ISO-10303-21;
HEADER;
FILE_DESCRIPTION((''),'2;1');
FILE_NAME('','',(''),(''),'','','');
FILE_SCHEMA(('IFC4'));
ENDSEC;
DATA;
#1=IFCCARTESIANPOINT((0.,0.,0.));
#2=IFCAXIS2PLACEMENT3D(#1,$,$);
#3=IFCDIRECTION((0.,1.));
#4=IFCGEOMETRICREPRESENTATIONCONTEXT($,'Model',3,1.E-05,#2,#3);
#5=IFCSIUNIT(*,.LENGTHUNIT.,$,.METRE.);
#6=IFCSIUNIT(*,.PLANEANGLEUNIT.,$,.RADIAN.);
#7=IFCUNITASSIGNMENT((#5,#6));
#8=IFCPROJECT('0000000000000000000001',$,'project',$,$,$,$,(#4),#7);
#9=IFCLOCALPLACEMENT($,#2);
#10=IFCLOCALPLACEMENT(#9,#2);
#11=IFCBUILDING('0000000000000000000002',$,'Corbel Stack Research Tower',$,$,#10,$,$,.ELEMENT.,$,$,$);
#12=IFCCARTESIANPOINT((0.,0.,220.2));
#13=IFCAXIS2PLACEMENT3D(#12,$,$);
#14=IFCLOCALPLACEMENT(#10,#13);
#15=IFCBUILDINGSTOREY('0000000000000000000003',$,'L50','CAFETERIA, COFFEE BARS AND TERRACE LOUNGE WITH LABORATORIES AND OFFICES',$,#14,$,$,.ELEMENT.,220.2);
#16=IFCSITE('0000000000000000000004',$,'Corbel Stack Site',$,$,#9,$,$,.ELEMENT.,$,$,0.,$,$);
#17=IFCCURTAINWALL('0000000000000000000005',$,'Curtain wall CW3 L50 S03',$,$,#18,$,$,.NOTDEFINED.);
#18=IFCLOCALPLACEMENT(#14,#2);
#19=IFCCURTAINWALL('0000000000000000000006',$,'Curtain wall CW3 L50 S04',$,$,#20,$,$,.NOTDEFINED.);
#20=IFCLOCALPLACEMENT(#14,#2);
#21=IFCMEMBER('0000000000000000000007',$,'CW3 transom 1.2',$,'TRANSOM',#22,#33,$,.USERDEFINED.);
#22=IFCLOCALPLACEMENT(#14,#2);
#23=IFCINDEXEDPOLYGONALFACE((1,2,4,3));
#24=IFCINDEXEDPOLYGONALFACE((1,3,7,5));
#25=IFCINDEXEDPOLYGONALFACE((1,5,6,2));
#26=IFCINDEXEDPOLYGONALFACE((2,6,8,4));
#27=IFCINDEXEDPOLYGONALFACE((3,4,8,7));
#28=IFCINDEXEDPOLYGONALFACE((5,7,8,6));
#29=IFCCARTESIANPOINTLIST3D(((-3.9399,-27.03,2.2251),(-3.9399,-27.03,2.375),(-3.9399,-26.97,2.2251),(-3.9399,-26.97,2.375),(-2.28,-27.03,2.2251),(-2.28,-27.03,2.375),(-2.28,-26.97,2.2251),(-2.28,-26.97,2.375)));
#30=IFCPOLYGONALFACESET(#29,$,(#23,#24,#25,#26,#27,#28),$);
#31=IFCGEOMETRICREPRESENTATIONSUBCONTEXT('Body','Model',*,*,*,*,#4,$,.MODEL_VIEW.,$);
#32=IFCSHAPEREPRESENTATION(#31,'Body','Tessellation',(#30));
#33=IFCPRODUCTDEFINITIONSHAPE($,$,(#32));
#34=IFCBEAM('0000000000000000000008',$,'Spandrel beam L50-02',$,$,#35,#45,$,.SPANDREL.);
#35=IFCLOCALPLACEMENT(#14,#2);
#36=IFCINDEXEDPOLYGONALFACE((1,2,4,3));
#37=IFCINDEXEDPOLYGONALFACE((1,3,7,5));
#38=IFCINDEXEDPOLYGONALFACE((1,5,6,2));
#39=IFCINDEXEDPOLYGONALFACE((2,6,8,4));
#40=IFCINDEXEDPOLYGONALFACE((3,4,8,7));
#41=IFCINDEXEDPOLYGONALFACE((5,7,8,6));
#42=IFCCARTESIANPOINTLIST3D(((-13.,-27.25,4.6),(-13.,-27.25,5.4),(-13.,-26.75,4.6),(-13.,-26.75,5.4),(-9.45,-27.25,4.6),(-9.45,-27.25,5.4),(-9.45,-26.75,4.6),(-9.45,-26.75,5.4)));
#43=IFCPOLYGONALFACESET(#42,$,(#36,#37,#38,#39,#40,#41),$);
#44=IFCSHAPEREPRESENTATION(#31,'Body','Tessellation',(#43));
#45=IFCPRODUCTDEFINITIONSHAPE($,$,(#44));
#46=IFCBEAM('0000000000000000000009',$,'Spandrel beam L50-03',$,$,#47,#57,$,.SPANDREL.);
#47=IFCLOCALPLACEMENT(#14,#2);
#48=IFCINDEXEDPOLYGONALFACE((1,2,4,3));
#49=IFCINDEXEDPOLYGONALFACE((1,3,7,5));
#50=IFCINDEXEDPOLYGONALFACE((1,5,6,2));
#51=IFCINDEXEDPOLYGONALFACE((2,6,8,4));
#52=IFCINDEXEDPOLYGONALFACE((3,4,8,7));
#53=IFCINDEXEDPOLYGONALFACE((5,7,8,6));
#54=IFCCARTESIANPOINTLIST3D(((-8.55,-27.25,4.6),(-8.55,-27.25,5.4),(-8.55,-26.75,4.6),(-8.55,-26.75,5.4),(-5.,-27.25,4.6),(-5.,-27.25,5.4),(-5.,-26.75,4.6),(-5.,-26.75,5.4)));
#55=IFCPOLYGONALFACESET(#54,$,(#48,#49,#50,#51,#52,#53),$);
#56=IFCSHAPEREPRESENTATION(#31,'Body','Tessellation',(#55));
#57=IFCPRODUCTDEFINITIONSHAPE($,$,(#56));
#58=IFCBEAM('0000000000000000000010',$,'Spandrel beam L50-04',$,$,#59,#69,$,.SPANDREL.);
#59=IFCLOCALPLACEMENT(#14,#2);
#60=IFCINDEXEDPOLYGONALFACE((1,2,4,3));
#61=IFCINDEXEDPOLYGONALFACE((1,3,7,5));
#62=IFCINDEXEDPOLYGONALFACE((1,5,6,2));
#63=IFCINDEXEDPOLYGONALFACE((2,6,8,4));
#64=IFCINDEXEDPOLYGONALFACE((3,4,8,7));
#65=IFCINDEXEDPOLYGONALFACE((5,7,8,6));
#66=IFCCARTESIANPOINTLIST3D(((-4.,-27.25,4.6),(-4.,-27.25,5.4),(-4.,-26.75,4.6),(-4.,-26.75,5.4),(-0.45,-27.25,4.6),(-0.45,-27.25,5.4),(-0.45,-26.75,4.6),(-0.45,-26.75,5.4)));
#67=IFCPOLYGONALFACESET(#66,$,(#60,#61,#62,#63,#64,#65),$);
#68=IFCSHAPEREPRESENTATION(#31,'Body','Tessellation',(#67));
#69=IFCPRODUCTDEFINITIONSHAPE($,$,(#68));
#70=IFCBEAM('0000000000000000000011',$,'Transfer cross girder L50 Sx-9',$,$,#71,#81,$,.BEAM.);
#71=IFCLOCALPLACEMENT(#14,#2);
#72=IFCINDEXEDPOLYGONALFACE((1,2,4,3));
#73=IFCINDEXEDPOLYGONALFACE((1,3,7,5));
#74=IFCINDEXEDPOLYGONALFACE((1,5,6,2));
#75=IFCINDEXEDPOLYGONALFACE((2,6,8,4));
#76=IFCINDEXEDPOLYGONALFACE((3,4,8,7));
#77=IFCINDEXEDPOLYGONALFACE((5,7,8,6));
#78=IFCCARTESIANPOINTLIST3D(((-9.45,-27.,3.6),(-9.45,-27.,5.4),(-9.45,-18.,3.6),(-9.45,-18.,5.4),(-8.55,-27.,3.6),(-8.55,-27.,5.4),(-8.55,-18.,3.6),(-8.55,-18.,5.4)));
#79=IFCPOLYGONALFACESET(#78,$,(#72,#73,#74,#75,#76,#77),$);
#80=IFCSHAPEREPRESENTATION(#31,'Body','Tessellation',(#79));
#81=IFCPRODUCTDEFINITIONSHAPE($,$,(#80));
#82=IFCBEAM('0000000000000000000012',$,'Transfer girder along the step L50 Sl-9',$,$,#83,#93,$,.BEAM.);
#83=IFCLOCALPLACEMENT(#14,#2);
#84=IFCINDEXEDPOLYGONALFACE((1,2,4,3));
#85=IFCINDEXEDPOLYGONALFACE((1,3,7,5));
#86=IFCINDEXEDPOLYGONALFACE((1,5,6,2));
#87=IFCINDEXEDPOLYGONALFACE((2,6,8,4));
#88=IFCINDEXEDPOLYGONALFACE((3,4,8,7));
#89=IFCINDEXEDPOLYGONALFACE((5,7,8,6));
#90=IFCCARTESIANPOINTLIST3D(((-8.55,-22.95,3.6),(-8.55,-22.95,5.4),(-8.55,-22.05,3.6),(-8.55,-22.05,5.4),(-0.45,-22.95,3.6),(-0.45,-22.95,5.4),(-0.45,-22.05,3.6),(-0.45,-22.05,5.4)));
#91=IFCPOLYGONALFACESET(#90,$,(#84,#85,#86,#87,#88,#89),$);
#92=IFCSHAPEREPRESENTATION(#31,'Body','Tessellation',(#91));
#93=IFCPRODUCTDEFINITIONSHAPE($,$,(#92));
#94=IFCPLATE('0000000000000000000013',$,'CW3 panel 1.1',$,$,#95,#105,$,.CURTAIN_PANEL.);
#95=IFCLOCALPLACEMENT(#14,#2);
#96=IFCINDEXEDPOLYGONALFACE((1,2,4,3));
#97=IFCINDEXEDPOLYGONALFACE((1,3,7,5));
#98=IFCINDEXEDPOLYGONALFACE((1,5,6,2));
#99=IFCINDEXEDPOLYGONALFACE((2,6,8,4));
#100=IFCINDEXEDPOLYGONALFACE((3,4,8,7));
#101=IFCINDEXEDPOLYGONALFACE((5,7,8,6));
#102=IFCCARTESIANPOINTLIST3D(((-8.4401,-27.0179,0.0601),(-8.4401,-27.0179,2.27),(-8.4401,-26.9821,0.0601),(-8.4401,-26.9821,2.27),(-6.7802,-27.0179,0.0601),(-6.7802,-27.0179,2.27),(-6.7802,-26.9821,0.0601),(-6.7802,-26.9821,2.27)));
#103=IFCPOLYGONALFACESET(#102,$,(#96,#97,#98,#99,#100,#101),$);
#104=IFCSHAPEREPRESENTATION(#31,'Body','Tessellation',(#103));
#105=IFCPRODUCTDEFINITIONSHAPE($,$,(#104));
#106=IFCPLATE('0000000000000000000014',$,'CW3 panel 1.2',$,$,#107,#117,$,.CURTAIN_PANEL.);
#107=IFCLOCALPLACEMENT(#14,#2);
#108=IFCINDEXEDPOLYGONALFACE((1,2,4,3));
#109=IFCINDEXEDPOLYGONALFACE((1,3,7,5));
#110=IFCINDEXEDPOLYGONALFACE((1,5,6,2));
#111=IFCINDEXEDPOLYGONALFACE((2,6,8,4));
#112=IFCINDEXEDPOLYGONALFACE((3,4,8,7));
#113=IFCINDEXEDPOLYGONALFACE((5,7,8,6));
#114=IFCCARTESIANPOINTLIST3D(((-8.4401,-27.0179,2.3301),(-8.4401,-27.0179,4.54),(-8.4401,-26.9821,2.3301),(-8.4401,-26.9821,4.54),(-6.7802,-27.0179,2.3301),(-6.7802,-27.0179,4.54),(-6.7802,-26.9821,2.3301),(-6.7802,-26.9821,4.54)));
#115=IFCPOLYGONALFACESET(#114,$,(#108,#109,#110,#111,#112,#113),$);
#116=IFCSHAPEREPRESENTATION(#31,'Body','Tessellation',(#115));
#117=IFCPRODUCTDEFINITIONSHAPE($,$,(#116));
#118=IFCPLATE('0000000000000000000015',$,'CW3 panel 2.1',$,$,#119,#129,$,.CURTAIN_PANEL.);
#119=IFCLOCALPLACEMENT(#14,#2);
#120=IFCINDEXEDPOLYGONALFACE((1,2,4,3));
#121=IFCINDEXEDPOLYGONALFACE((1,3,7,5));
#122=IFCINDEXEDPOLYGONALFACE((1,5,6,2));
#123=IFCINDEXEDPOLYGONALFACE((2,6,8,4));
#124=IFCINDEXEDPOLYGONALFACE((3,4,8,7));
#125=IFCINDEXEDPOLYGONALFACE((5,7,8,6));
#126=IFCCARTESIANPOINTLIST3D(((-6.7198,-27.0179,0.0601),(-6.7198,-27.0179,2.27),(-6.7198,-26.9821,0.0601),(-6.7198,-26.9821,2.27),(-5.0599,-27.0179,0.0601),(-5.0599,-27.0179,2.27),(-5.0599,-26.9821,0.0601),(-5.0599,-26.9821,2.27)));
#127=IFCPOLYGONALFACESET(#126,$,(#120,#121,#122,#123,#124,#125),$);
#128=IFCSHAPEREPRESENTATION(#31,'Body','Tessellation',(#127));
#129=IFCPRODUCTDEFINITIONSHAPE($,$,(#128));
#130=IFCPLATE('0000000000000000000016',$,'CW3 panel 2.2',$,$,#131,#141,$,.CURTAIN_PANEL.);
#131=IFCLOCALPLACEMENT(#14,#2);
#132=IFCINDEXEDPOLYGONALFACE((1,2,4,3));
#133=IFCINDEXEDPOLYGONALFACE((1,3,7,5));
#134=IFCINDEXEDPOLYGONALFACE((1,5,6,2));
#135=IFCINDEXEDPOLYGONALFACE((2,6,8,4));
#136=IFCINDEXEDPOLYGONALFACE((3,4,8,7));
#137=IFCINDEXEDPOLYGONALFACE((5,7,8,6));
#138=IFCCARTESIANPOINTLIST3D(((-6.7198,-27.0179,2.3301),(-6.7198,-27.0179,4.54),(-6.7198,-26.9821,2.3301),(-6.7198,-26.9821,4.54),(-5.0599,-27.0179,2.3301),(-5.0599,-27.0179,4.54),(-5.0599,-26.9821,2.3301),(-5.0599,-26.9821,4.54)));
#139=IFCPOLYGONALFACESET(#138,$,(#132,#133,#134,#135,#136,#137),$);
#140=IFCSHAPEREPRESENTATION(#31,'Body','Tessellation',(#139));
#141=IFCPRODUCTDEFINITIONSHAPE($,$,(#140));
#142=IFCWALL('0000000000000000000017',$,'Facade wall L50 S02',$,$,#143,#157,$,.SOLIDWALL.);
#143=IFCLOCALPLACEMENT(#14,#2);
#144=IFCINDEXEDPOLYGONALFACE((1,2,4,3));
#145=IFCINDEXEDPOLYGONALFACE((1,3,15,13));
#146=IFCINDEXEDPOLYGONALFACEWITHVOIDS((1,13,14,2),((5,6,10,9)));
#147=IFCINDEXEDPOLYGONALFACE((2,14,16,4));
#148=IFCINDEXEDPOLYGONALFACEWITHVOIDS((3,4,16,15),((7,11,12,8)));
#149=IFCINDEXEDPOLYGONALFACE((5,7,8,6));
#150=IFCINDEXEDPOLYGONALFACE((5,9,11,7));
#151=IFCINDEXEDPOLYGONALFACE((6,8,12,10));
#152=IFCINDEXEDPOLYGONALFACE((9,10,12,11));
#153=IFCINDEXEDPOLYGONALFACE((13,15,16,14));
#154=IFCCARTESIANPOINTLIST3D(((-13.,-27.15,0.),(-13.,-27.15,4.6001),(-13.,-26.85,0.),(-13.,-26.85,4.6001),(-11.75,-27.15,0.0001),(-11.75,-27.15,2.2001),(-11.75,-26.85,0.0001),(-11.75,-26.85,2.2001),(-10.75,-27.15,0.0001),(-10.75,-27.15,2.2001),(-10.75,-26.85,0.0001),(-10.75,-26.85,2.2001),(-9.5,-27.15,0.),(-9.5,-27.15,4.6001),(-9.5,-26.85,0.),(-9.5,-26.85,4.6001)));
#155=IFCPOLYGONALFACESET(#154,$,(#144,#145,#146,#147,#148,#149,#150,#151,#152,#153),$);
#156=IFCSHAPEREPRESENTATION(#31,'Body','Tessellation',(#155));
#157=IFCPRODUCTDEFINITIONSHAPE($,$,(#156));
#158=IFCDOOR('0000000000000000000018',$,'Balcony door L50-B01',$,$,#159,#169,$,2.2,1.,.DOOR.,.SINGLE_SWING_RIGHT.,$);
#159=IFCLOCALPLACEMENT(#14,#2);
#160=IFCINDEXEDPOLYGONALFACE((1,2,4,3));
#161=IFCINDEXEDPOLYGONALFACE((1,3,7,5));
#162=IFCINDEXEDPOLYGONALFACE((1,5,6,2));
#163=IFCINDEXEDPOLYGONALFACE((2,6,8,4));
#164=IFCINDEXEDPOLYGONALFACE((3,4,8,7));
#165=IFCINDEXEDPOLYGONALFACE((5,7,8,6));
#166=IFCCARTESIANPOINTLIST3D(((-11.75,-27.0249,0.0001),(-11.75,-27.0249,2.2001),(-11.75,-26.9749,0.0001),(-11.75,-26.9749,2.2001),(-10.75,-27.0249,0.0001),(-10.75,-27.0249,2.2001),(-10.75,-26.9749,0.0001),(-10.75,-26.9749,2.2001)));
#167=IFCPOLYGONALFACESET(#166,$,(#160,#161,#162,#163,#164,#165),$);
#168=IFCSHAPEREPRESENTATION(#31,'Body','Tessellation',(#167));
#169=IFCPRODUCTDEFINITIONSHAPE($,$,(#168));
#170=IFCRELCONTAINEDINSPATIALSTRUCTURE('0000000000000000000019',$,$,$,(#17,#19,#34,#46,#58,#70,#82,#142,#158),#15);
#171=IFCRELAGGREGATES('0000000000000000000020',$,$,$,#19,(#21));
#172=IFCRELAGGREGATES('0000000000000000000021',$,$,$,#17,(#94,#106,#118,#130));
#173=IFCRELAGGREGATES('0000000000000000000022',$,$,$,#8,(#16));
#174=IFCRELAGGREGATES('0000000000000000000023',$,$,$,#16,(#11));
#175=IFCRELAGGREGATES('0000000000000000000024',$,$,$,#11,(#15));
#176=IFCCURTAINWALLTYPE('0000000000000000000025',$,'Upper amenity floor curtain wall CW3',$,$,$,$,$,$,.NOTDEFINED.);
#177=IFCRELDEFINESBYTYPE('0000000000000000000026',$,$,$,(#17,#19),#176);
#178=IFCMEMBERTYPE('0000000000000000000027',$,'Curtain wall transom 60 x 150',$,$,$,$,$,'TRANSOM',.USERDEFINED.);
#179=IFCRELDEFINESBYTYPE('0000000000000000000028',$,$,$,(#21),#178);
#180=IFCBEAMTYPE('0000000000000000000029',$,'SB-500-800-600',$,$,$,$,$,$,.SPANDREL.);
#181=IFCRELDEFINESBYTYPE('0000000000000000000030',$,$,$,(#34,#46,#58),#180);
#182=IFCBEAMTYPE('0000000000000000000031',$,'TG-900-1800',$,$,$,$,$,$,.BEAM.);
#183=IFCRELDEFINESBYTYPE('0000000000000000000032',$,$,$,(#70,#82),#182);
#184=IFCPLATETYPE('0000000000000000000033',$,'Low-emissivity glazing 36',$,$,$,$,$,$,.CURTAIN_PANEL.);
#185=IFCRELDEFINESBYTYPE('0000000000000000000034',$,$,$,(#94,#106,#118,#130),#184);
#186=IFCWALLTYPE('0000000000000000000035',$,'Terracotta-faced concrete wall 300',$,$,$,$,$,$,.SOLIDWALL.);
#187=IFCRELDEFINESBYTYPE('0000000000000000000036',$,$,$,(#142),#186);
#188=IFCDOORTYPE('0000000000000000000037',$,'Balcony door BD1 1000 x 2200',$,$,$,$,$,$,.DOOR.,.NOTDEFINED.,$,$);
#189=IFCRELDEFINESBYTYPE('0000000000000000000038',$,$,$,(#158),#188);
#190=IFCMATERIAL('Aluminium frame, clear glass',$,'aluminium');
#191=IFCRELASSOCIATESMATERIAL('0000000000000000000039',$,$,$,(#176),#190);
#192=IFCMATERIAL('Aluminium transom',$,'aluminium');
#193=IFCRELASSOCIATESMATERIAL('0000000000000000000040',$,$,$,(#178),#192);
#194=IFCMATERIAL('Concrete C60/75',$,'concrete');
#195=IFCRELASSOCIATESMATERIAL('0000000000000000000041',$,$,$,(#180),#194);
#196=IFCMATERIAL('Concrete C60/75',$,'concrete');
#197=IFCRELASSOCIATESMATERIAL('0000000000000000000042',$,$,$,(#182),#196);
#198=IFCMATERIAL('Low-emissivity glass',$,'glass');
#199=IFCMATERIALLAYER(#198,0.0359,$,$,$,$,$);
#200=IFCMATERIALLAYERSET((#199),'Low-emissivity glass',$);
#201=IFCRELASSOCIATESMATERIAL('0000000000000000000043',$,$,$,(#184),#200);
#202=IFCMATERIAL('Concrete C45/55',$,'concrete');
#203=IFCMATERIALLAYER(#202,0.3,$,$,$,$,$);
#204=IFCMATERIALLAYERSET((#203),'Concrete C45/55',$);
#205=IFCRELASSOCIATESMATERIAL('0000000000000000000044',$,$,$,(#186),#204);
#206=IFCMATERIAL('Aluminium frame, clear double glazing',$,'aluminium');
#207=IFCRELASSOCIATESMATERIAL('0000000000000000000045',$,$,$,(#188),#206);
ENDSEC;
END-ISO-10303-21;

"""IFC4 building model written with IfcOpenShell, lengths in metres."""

from ifc_helpers import new_model, si_unit, direction, frame, frame_2d, origin, origin_2d, place, context, subcontext, project, spatial, rectangle, extrude, material, layer, layer_set, material_profile, profile_set, type_object, element, fill, aggregate, save


model = new_model("IFC4")

# Units and contexts
model_context = context("Model", 3, precision=1e-05, world=origin(), true_north=direction((0.0, 1.0)))
body_context = subcontext(model_context, "Body", "Model", "MODEL_VIEW")
ifc_project = project(units=[si_unit("LENGTHUNIT", "METRE"), si_unit("PLANEANGLEUNIT", "RADIAN")], contexts=[model_context])

# Site, building, storey
site_placement = place(None, origin())
site = spatial("IfcSite", under=ifc_project, at=site_placement, Name="Corbel Stack Site", CompositionType="ELEMENT", RefElevation=0.0)
building_placement = place(site_placement, origin())
building = spatial("IfcBuilding", under=site, at=building_placement, Name="Corbel Stack Research Tower", CompositionType="ELEMENT")
storey_placement = place(building_placement, frame((0.0, 0.0, 220.2)))
storey = spatial("IfcBuildingStorey", under=building, at=storey_placement, Name="L50", Description="CAFETERIA, COFFEE BARS AND TERRACE LOUNGE WITH LABORATORIES AND OFFICES", CompositionType="ELEMENT", Elevation=220.2)

# Curtain wall
ifc_material_1 = material(Name="Aluminium frame, clear glass", Category="aluminium")
curtain_wall_type = type_object("IfcCurtainWallType", Name="Upper amenity floor curtain wall CW3", PredefinedType="NOTDEFINED", material=ifc_material_1)
curtain_wall_1_placement = place(storey_placement, origin())
curtain_wall_1 = element("IfcCurtainWall", 1, at=curtain_wall_1_placement, inside=storey, type_object=curtain_wall_type, Name="Curtain wall CW3 L50 S03", PredefinedType="NOTDEFINED")

# Curtain wall
curtain_wall_2_placement = place(storey_placement, origin())
curtain_wall_2 = element("IfcCurtainWall", 2, at=curtain_wall_2_placement, inside=storey, type_object=curtain_wall_type, Name="Curtain wall CW3 L50 S04", PredefinedType="NOTDEFINED")

# Member
ifc_material_2 = material(Name="Aluminium transom", Category="aluminium")
ifc_material_profile_1 = material_profile(ifc_material_2, rectangle(XDim=0.0601, YDim=0.1499, at=origin_2d()), Name="Transom 60 x 150")
ifc_profile_set_1 = profile_set([ifc_material_profile_1], Name="Aluminium transom")
member_type_1 = type_object("IfcMemberType", Name="Curtain wall transom 60 x 150", ElementType="TRANSOM", PredefinedType="USERDEFINED", material=ifc_profile_set_1)
member_1_placement = place(storey_placement, frame((-3.9399, -27.0, 2.3), z_axis=(1.0, 0.0, 0.0), x_axis=(0.0, 1.0, 0.0)))
member_1 = element("IfcMember", 3, at=member_1_placement, type_object=member_type_1, Name="CW3 transom 1.2", ObjectType="TRANSOM", PredefinedType="USERDEFINED", context=body_context, shape_type="SweptSolid", body=[
    extrude(rectangle(XDim=0.0601, YDim=0.1499, at=origin_2d()), origin(), (0.0, 0.0, 1.0), 1.6599),
])
aggregate(curtain_wall_2, [member_1])

# Beams
ifc_material_3 = material(Name="Concrete C60/75", Category="concrete")
ifc_material_profile_2 = material_profile(ifc_material_3, rectangle(XDim=0.5, YDim=0.8, at=origin_2d()), Name="RC 500 x 800")
ifc_profile_set_2 = profile_set([ifc_material_profile_2], Name="Concrete C60/75")
beam_type_1 = type_object("IfcBeamType", Name="SB-500-800-600", PredefinedType="SPANDREL", material=ifc_profile_set_2)
for number, where, z_axis, x_axis, name in (
    (4, (-13.0, -27.0, 5.0), (1.0, 0.0, 0.0), (0.0, 1.0, 0.0), "Spandrel beam L50-02"),
    (5, (-8.55, -27.0, 5.0), (1.0, 0.0, 0.0), (0.0, 1.0, 0.0), "Spandrel beam L50-03"),
    (6, (-4.0, -27.0, 5.0), (1.0, 0.0, 0.0), (0.0, 1.0, 0.0), "Spandrel beam L50-04"),
):
    element("IfcBeam", number, at=place(storey_placement, frame(where, z_axis=z_axis, x_axis=x_axis)), inside=storey, type_object=beam_type_1, Name=name, PredefinedType="SPANDREL", context=body_context, shape_type="SweptSolid", body=[
        extrude(rectangle(XDim=0.5, YDim=0.8, at=origin_2d()), origin(), (0.0, 0.0, 1.0), 3.55),
    ])
ifc_material_4 = material(Name="Concrete C60/75", Category="concrete")
ifc_material_profile_3 = material_profile(ifc_material_4, rectangle(XDim=0.8999, YDim=1.8, at=origin_2d()), Name="RC 900 x 1800")
ifc_profile_set_3 = profile_set([ifc_material_profile_3], Name="Concrete C60/75")
beam_type_2 = type_object("IfcBeamType", Name="TG-900-1800", PredefinedType="BEAM", material=ifc_profile_set_3)
beam_1_placement = place(storey_placement, frame((-9.0, -27.0, 4.5), z_axis=(0.0, 1.0, 0.0), x_axis=(-1.0, 0.0, 0.0)))
element("IfcBeam", 7, at=beam_1_placement, inside=storey, type_object=beam_type_2, Name="Transfer cross girder L50 Sx-9", PredefinedType="BEAM", context=body_context, shape_type="SweptSolid", body=[
    extrude(rectangle(XDim=0.8999, YDim=1.8, at=origin_2d()), origin(), (0.0, 0.0, 1.0), 9.0),
])
beam_2_placement = place(storey_placement, frame((-8.55, -22.5, 4.5), z_axis=(1.0, 0.0, 0.0), x_axis=(0.0, 1.0, 0.0)))
element("IfcBeam", 8, at=beam_2_placement, inside=storey, type_object=beam_type_2, Name="Transfer girder along the step L50 Sl-9", PredefinedType="BEAM", context=body_context, shape_type="SweptSolid", body=[
    extrude(rectangle(XDim=0.8999, YDim=1.8, at=origin_2d()), origin(), (0.0, 0.0, 1.0), 8.1001),
])

# Plates
ifc_material_5 = material(Name="Low-emissivity glass", Category="glass")
ifc_layer_1 = layer(ifc_material_5, 0.0359)
ifc_layer_set_1 = layer_set([ifc_layer_1], Name="Low-emissivity glass")
plate_type = type_object("IfcPlateType", Name="Low-emissivity glazing 36", PredefinedType="CURTAIN_PANEL", material=ifc_layer_set_1)
plate_1_placement = place(storey_placement, frame((-7.6101, -27.0, 0.0601), z_axis=(0.0, 0.0, 1.0), x_axis=(1.0, 0.0, 0.0)))
plate_1 = element("IfcPlate", 9, at=plate_1_placement, type_object=plate_type, Name="CW3 panel 1.1", PredefinedType="CURTAIN_PANEL", context=body_context, shape_type="SweptSolid", body=[
    extrude(rectangle(XDim=1.6599, YDim=0.0359, at=origin_2d()), origin(), (0.0, 0.0, 1.0), 2.21),
])
plate_2_placement = place(storey_placement, frame((-7.6101, -27.0, 2.3301), z_axis=(0.0, 0.0, 1.0), x_axis=(1.0, 0.0, 0.0)))
plate_2 = element("IfcPlate", 10, at=plate_2_placement, type_object=plate_type, Name="CW3 panel 1.2", PredefinedType="CURTAIN_PANEL", context=body_context, shape_type="SweptSolid", body=[
    extrude(rectangle(XDim=1.6599, YDim=0.0359, at=origin_2d()), origin(), (0.0, 0.0, 1.0), 2.21),
])
plate_3_placement = place(storey_placement, frame((-5.8899, -27.0, 0.0601), z_axis=(0.0, 0.0, 1.0), x_axis=(1.0, 0.0, 0.0)))
plate_3 = element("IfcPlate", 11, at=plate_3_placement, type_object=plate_type, Name="CW3 panel 2.1", PredefinedType="CURTAIN_PANEL", context=body_context, shape_type="SweptSolid", body=[
    extrude(rectangle(XDim=1.6599, YDim=0.0359, at=origin_2d()), origin(), (0.0, 0.0, 1.0), 2.21),
])
plate_4_placement = place(storey_placement, frame((-5.8899, -27.0, 2.3301), z_axis=(0.0, 0.0, 1.0), x_axis=(1.0, 0.0, 0.0)))
plate_4 = element("IfcPlate", 12, at=plate_4_placement, type_object=plate_type, Name="CW3 panel 2.2", PredefinedType="CURTAIN_PANEL", context=body_context, shape_type="SweptSolid", body=[
    extrude(rectangle(XDim=1.6599, YDim=0.0359, at=origin_2d()), origin(), (0.0, 0.0, 1.0), 2.21),
])
aggregate(curtain_wall_1, [plate_1, plate_2, plate_3, plate_4])

# Wall, opening, door
ifc_material_6 = material(Name="Concrete C45/55", Category="concrete")
ifc_layer_2 = layer(ifc_material_6, 0.3)
ifc_layer_set_2 = layer_set([ifc_layer_2], Name="Concrete C45/55")
wall_type = type_object("IfcWallType", Name="Terracotta-faced concrete wall 300", PredefinedType="SOLIDWALL", material=ifc_layer_set_2)
wall_placement = place(storey_placement, frame((-9.5, -27.0, 0.0), z_axis=(0.0, 0.0, 1.0), x_axis=(-1.0, 0.0, 0.0)))
wall = element("IfcWall", 13, at=wall_placement, inside=storey, type_object=wall_type, Name="Facade wall L50 S02", PredefinedType="SOLIDWALL", context=body_context, shape_type="SweptSolid", body=[
    extrude(rectangle(XDim=3.5, YDim=0.3, at=frame_2d((1.75, 0.0))), origin(), (0.0, 0.0, 1.0), 4.6001),
])
opening_placement = place(wall_placement, frame((1.25, 0.0, 0.0)))
opening = element("IfcOpeningElement", 14, at=opening_placement, cuts=wall, PredefinedType="OPENING", context=body_context, shape_type="SweptSolid", body=[
    extrude(rectangle(XDim=1.0, YDim=2.2, at=frame_2d((0.5, 1.1001))), frame((0.0, 0.1599, 0.0), z_axis=(0.0, -1.0, 0.0), x_axis=(1.0, 0.0, 0.0)), (0.0, 0.0, 1.0), 0.3201),
])
ifc_material_7 = material(Name="Aluminium frame, clear double glazing", Category="aluminium")
door_type = type_object("IfcDoorType", Name="Balcony door BD1 1000 x 2200", OperationType="NOTDEFINED", PredefinedType="DOOR", material=ifc_material_7)
door_placement = place(opening_placement, origin())
door = element("IfcDoor", 15, at=door_placement, inside=storey, type_object=door_type, Name="Balcony door L50-B01", OperationType="SINGLE_SWING_RIGHT", OverallHeight=2.2, OverallWidth=1.0, PredefinedType="DOOR", context=body_context, shape_type="SweptSolid", body=[
    extrude(rectangle(XDim=1.0, YDim=2.2, at=frame_2d((0.5, 1.1001))), frame((0.0, 0.0249, 0.0), z_axis=(0.0, -1.0, 0.0), x_axis=(1.0, 0.0, 0.0)), (0.0, 0.0, 1.0), 0.05),
])
fill(opening, door)

save(model, "model.ifc")
